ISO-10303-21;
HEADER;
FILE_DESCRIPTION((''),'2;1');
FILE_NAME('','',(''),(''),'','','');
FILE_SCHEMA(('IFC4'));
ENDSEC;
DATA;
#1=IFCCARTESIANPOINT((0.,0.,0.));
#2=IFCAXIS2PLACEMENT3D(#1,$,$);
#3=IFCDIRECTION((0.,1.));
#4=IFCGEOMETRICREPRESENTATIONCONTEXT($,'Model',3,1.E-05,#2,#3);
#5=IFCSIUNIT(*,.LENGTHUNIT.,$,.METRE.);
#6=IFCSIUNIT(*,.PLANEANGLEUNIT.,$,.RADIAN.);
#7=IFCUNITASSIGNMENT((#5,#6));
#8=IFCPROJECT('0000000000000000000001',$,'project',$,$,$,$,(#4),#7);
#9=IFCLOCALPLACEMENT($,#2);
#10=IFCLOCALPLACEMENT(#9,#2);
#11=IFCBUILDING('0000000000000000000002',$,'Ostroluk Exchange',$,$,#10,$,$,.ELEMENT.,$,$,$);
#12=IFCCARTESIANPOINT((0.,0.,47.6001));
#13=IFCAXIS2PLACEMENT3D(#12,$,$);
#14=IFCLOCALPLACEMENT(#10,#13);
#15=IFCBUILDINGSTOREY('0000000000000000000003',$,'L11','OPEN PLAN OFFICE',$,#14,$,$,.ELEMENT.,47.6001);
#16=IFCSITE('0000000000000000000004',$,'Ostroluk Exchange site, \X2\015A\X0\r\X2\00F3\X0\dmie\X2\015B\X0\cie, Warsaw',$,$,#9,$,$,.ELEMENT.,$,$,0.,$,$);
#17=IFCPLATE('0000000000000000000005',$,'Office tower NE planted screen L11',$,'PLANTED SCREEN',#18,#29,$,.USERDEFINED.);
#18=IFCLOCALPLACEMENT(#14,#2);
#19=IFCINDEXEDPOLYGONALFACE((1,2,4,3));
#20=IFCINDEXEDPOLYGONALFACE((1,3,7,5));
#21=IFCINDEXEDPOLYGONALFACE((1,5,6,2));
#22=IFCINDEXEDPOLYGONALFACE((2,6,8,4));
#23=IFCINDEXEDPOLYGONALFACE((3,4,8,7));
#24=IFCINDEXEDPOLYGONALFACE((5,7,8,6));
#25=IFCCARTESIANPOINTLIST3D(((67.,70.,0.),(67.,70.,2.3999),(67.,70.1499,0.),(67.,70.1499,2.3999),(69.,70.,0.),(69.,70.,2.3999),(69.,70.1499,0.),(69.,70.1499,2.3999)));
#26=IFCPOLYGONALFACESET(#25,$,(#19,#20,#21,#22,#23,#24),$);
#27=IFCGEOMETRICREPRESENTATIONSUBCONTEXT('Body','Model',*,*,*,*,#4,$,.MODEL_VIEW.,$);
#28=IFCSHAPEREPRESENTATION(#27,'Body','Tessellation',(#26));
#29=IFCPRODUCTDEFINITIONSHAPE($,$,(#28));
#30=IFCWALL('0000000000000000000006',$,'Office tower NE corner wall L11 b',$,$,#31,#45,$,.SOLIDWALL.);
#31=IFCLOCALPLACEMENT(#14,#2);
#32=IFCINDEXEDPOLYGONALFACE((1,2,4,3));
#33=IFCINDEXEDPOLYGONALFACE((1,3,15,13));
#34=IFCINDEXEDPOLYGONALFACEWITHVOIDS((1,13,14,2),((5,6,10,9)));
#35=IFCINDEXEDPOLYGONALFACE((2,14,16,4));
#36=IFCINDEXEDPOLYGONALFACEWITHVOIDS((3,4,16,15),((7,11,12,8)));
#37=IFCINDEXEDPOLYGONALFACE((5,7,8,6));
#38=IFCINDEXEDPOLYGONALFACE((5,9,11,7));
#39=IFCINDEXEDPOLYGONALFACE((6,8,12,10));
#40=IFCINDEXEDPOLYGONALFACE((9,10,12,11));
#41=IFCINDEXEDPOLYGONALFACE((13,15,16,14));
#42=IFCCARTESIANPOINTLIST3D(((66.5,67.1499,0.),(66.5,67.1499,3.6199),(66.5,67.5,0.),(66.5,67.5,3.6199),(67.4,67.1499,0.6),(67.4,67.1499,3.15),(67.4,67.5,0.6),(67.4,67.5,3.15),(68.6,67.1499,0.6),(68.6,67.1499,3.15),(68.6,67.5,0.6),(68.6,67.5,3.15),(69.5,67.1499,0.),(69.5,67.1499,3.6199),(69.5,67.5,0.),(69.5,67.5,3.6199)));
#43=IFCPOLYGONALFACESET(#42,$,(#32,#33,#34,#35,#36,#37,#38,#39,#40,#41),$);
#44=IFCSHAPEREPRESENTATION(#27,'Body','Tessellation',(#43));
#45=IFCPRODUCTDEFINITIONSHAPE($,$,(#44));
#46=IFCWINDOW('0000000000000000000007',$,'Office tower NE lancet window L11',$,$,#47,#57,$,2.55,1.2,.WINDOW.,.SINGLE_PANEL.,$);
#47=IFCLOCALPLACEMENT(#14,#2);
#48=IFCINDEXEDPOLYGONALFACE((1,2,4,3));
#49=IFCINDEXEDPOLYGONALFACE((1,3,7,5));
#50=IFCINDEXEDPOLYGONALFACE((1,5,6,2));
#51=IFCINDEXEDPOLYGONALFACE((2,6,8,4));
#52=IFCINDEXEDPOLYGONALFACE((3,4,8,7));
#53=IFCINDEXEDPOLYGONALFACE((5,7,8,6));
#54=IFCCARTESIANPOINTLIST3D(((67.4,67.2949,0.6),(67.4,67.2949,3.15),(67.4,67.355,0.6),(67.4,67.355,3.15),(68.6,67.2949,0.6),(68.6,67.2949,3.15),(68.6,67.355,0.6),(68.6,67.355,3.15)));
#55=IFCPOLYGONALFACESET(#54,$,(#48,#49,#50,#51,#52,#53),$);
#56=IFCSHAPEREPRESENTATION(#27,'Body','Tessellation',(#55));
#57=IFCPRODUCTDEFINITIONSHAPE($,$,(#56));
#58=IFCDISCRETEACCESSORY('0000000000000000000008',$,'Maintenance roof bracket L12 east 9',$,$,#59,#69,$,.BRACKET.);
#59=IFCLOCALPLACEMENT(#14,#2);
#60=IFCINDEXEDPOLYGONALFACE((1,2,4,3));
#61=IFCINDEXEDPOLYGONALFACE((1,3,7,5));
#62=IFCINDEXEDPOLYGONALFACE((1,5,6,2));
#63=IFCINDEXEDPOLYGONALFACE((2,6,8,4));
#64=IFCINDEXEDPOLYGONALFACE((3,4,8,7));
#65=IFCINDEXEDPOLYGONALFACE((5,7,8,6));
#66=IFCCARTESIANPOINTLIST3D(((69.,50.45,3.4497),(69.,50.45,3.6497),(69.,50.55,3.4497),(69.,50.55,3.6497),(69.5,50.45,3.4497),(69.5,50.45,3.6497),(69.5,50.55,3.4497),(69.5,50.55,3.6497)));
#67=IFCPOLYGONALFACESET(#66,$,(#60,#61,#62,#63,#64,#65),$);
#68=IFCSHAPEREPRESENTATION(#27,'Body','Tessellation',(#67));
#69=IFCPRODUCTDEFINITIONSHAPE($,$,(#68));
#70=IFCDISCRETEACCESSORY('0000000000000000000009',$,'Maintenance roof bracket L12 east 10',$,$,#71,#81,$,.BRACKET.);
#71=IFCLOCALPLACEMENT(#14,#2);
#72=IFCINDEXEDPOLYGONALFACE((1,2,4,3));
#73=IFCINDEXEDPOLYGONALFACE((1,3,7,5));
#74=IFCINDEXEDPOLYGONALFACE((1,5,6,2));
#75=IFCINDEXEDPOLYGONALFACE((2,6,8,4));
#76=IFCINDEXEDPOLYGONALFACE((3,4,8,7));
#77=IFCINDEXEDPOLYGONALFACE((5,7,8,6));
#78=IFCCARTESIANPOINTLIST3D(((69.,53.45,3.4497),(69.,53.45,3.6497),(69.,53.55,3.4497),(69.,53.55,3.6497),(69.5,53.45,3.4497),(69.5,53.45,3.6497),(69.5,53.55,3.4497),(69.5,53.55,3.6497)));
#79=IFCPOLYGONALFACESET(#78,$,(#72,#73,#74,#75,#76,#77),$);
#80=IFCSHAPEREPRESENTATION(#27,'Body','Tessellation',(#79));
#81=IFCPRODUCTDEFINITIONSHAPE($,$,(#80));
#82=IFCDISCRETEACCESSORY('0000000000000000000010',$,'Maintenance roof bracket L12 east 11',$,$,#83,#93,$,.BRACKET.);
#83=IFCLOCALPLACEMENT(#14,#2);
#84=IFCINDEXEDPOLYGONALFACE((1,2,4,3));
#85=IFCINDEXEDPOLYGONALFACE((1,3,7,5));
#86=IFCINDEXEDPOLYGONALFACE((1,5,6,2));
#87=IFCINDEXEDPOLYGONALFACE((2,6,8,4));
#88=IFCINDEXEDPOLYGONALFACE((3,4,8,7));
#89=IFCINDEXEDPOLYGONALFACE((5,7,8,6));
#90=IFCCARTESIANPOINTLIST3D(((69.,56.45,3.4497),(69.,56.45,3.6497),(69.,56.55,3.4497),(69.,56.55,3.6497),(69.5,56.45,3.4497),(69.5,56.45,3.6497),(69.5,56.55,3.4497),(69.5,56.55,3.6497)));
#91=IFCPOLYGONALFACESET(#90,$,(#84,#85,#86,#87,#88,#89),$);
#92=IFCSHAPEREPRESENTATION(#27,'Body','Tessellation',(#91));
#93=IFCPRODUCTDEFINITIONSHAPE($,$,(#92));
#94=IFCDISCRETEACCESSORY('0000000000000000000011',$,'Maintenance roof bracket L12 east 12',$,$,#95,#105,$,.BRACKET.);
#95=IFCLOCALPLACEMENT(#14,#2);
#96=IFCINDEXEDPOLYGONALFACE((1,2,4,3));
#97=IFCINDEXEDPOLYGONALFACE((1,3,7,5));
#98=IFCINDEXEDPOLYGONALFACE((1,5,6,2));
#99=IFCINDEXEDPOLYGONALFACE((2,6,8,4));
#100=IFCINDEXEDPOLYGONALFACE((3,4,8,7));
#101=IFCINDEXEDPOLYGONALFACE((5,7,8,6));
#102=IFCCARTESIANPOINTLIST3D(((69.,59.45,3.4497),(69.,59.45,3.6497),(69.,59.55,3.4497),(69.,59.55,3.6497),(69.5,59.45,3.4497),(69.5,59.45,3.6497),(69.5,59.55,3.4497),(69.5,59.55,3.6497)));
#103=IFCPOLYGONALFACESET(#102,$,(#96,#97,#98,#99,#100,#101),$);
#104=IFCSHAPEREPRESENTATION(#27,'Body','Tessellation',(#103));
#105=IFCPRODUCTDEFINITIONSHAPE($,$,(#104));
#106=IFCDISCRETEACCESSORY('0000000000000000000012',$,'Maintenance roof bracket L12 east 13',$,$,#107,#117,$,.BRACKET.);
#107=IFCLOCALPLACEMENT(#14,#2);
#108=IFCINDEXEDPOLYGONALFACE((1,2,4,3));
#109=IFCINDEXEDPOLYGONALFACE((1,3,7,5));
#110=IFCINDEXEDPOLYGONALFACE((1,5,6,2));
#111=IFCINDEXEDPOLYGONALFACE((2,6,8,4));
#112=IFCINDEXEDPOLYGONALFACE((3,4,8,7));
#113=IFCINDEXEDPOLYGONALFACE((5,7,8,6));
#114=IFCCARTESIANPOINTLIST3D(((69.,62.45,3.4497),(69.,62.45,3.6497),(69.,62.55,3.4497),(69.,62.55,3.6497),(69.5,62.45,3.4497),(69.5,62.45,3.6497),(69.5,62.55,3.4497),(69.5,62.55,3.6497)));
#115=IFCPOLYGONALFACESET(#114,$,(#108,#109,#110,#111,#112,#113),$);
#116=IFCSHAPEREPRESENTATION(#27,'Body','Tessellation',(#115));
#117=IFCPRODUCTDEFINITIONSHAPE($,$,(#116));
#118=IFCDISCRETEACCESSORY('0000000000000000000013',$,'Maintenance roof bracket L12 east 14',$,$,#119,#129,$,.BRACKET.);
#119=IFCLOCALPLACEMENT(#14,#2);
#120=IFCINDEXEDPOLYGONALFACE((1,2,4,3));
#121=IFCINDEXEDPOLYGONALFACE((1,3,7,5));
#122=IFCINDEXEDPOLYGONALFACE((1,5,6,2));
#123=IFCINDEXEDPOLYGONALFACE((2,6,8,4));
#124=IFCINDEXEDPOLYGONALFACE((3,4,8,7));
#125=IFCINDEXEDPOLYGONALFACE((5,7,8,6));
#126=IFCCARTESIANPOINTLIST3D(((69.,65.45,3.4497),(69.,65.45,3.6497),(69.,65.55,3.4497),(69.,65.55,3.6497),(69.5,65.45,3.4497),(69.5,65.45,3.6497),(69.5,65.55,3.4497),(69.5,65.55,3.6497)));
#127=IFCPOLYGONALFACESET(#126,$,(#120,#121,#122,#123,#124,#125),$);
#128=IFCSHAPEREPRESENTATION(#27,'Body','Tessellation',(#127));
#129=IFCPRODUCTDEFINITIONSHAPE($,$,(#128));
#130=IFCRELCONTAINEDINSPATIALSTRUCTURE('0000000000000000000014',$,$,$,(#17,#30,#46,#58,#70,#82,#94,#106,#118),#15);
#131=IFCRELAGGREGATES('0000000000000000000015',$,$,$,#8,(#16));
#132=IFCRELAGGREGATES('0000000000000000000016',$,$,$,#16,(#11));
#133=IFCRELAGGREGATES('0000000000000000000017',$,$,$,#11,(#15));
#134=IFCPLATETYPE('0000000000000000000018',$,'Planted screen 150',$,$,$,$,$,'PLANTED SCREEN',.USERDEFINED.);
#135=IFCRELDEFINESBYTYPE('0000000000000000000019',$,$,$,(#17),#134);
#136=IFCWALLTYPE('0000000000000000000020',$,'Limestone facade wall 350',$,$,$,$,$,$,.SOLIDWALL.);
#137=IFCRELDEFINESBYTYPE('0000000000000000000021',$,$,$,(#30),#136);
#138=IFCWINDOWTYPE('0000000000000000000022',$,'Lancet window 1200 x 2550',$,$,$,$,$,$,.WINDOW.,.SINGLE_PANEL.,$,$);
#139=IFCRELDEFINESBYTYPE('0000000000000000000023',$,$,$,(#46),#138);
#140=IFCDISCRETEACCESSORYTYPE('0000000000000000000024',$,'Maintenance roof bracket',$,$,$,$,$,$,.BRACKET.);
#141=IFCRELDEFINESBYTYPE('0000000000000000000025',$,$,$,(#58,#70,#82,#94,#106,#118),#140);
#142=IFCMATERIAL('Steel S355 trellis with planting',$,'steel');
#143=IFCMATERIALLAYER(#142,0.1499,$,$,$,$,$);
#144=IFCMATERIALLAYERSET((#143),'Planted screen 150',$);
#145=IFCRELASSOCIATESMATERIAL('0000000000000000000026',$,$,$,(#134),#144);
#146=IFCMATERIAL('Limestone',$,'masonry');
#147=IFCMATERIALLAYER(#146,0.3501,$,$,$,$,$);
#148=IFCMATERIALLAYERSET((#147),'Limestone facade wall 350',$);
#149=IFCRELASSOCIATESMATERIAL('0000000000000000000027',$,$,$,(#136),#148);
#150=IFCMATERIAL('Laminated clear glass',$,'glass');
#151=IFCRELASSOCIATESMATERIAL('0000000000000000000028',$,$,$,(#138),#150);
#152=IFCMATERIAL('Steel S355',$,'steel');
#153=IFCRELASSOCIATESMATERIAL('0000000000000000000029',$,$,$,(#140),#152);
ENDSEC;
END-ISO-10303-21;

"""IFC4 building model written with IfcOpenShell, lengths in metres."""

from ifc_helpers import new_model, si_unit, direction, frame, frame_2d, origin, origin_2d, place, context, subcontext, project, spatial, rectangle, extrude, material, layer, layer_set, type_object, element, fill, save


model = new_model("IFC4")

# Units and contexts
model_context = context("Model", 3, precision=1e-05, world=origin(), true_north=direction((0.0, 1.0)))
body_context = subcontext(model_context, "Body", "Model", "MODEL_VIEW")
ifc_project = project(units=[si_unit("LENGTHUNIT", "METRE"), si_unit("PLANEANGLEUNIT", "RADIAN")], contexts=[model_context])

# Site, building, storey
site_placement = place(None, origin())
site = spatial("IfcSite", under=ifc_project, at=site_placement, Name="Ostroluk Exchange site, Śródmieście, Warsaw", CompositionType="ELEMENT", RefElevation=0.0)
building_placement = place(site_placement, origin())
building = spatial("IfcBuilding", under=site, at=building_placement, Name="Ostroluk Exchange", CompositionType="ELEMENT")
storey_placement = place(building_placement, frame((0.0, 0.0, 47.6001)))
storey = spatial("IfcBuildingStorey", under=building, at=storey_placement, Name="L11", Description="OPEN PLAN OFFICE", CompositionType="ELEMENT", Elevation=47.6001)

# Plate
ifc_material_1 = material(Name="Steel S355 trellis with planting", Category="steel")
ifc_layer_1 = layer(ifc_material_1, 0.1499)
ifc_layer_set_1 = layer_set([ifc_layer_1], Name="Planted screen 150")
plate_type = type_object("IfcPlateType", Name="Planted screen 150", ElementType="PLANTED SCREEN", PredefinedType="USERDEFINED", material=ifc_layer_set_1)
plate_placement = place(storey_placement, frame((68.0, 70.075, 0.0), z_axis=(0.0, 0.0, 1.0), x_axis=(1.0, 0.0, 0.0)))
element("IfcPlate", 1, at=plate_placement, inside=storey, type_object=plate_type, Name="Office tower NE planted screen L11", ObjectType="PLANTED SCREEN", PredefinedType="USERDEFINED", context=body_context, shape_type="SweptSolid", body=[
    extrude(rectangle(XDim=2.0, YDim=0.1499, at=origin_2d()), origin(), (0.0, 0.0, 1.0), 2.3999),
])

# Shared definitions
ifc_material_2 = material(Name="Limestone", Category="masonry")
ifc_layer_2 = layer(ifc_material_2, 0.3501)
ifc_layer_set_2 = layer_set([ifc_layer_2], Name="Limestone facade wall 350")
wall_type = type_object("IfcWallType", Name="Limestone facade wall 350", PredefinedType="SOLIDWALL", material=ifc_layer_set_2)

# Wall, opening, window
wall_1_placement = place(storey_placement, frame((66.5, 67.325, 0.0), z_axis=(0.0, 0.0, 1.0), x_axis=(1.0, 0.0, 0.0)))
wall_1 = element("IfcWall", 2, at=wall_1_placement, inside=storey, type_object=wall_type, Name="Office tower NE corner wall L11 b", PredefinedType="SOLIDWALL", context=body_context, shape_type="SweptSolid", body=[
    extrude(rectangle(XDim=3.0, YDim=0.3501, at=frame_2d((1.5, 0.0))), origin(), (0.0, 0.0, 1.0), 3.6199),
])
opening_1_placement = place(wall_1_placement, frame((0.8999, 0.0, 0.6001)))
opening_1 = element("IfcOpeningElement", 3, at=opening_1_placement, cuts=wall_1, PredefinedType="OPENING", context=body_context, shape_type="SweptSolid", body=[
    extrude(rectangle(XDim=1.2, YDim=2.55, at=frame_2d((0.6001, 1.2749))), frame((0.0, 0.1851, 0.0), z_axis=(0.0, -1.0, 0.0), x_axis=(1.0, 0.0, 0.0)), (0.0, 0.0, 1.0), 0.3701),
])
ifc_material_3 = material(Name="Laminated clear glass", Category="glass")
window_type = type_object("IfcWindowType", Name="Lancet window 1200 x 2550", PartitioningType="SINGLE_PANEL", PredefinedType="WINDOW", material=ifc_material_3)
window_placement = place(opening_1_placement, origin())
window = element("IfcWindow", 4, at=window_placement, inside=storey, type_object=window_type, Name="Office tower NE lancet window L11", OverallHeight=2.55, OverallWidth=1.2, PartitioningType="SINGLE_PANEL", PredefinedType="WINDOW", context=body_context, shape_type="SweptSolid", body=[
    extrude(rectangle(XDim=1.2, YDim=2.55, at=frame_2d((0.6001, 1.2749))), frame((0.0, 0.03, 0.0), z_axis=(0.0, -1.0, 0.0), x_axis=(1.0, 0.0, 0.0)), (0.0, 0.0, 1.0), 0.0601),
])
fill(opening_1, window)

# Discrete accessories
ifc_material_4 = material(Name="Steel S355", Category="steel")
discrete_accessory_type = type_object("IfcDiscreteAccessoryType", Name="Maintenance roof bracket", PredefinedType="BRACKET", material=ifc_material_4)
for number, where, z_axis, x_axis, name in (
    (5, (69.25, 50.5, 3.4497), (0.0, 0.0, 1.0), (1.0, 0.0, 0.0), "Maintenance roof bracket L12 east 9"),
    (6, (69.25, 53.5, 3.4497), (0.0, 0.0, 1.0), (1.0, 0.0, 0.0), "Maintenance roof bracket L12 east 10"),
    (7, (69.25, 56.5, 3.4497), (0.0, 0.0, 1.0), (1.0, 0.0, 0.0), "Maintenance roof bracket L12 east 11"),
    (8, (69.25, 59.5, 3.4497), (0.0, 0.0, 1.0), (1.0, 0.0, 0.0), "Maintenance roof bracket L12 east 12"),
    (9, (69.25, 62.5, 3.4497), (0.0, 0.0, 1.0), (1.0, 0.0, 0.0), "Maintenance roof bracket L12 east 13"),
    (10, (69.25, 65.5, 3.4497), (0.0, 0.0, 1.0), (1.0, 0.0, 0.0), "Maintenance roof bracket L12 east 14"),
):
    element("IfcDiscreteAccessory", number, at=place(storey_placement, frame(where, z_axis=z_axis, x_axis=x_axis)), inside=storey, type_object=discrete_accessory_type, Name=name, PredefinedType="BRACKET", context=body_context, shape_type="SweptSolid", body=[
        extrude(rectangle(XDim=0.5, YDim=0.1001, at=origin_2d()), origin(), (0.0, 0.0, 1.0), 0.2),
    ])

save(model, "model.ifc")
